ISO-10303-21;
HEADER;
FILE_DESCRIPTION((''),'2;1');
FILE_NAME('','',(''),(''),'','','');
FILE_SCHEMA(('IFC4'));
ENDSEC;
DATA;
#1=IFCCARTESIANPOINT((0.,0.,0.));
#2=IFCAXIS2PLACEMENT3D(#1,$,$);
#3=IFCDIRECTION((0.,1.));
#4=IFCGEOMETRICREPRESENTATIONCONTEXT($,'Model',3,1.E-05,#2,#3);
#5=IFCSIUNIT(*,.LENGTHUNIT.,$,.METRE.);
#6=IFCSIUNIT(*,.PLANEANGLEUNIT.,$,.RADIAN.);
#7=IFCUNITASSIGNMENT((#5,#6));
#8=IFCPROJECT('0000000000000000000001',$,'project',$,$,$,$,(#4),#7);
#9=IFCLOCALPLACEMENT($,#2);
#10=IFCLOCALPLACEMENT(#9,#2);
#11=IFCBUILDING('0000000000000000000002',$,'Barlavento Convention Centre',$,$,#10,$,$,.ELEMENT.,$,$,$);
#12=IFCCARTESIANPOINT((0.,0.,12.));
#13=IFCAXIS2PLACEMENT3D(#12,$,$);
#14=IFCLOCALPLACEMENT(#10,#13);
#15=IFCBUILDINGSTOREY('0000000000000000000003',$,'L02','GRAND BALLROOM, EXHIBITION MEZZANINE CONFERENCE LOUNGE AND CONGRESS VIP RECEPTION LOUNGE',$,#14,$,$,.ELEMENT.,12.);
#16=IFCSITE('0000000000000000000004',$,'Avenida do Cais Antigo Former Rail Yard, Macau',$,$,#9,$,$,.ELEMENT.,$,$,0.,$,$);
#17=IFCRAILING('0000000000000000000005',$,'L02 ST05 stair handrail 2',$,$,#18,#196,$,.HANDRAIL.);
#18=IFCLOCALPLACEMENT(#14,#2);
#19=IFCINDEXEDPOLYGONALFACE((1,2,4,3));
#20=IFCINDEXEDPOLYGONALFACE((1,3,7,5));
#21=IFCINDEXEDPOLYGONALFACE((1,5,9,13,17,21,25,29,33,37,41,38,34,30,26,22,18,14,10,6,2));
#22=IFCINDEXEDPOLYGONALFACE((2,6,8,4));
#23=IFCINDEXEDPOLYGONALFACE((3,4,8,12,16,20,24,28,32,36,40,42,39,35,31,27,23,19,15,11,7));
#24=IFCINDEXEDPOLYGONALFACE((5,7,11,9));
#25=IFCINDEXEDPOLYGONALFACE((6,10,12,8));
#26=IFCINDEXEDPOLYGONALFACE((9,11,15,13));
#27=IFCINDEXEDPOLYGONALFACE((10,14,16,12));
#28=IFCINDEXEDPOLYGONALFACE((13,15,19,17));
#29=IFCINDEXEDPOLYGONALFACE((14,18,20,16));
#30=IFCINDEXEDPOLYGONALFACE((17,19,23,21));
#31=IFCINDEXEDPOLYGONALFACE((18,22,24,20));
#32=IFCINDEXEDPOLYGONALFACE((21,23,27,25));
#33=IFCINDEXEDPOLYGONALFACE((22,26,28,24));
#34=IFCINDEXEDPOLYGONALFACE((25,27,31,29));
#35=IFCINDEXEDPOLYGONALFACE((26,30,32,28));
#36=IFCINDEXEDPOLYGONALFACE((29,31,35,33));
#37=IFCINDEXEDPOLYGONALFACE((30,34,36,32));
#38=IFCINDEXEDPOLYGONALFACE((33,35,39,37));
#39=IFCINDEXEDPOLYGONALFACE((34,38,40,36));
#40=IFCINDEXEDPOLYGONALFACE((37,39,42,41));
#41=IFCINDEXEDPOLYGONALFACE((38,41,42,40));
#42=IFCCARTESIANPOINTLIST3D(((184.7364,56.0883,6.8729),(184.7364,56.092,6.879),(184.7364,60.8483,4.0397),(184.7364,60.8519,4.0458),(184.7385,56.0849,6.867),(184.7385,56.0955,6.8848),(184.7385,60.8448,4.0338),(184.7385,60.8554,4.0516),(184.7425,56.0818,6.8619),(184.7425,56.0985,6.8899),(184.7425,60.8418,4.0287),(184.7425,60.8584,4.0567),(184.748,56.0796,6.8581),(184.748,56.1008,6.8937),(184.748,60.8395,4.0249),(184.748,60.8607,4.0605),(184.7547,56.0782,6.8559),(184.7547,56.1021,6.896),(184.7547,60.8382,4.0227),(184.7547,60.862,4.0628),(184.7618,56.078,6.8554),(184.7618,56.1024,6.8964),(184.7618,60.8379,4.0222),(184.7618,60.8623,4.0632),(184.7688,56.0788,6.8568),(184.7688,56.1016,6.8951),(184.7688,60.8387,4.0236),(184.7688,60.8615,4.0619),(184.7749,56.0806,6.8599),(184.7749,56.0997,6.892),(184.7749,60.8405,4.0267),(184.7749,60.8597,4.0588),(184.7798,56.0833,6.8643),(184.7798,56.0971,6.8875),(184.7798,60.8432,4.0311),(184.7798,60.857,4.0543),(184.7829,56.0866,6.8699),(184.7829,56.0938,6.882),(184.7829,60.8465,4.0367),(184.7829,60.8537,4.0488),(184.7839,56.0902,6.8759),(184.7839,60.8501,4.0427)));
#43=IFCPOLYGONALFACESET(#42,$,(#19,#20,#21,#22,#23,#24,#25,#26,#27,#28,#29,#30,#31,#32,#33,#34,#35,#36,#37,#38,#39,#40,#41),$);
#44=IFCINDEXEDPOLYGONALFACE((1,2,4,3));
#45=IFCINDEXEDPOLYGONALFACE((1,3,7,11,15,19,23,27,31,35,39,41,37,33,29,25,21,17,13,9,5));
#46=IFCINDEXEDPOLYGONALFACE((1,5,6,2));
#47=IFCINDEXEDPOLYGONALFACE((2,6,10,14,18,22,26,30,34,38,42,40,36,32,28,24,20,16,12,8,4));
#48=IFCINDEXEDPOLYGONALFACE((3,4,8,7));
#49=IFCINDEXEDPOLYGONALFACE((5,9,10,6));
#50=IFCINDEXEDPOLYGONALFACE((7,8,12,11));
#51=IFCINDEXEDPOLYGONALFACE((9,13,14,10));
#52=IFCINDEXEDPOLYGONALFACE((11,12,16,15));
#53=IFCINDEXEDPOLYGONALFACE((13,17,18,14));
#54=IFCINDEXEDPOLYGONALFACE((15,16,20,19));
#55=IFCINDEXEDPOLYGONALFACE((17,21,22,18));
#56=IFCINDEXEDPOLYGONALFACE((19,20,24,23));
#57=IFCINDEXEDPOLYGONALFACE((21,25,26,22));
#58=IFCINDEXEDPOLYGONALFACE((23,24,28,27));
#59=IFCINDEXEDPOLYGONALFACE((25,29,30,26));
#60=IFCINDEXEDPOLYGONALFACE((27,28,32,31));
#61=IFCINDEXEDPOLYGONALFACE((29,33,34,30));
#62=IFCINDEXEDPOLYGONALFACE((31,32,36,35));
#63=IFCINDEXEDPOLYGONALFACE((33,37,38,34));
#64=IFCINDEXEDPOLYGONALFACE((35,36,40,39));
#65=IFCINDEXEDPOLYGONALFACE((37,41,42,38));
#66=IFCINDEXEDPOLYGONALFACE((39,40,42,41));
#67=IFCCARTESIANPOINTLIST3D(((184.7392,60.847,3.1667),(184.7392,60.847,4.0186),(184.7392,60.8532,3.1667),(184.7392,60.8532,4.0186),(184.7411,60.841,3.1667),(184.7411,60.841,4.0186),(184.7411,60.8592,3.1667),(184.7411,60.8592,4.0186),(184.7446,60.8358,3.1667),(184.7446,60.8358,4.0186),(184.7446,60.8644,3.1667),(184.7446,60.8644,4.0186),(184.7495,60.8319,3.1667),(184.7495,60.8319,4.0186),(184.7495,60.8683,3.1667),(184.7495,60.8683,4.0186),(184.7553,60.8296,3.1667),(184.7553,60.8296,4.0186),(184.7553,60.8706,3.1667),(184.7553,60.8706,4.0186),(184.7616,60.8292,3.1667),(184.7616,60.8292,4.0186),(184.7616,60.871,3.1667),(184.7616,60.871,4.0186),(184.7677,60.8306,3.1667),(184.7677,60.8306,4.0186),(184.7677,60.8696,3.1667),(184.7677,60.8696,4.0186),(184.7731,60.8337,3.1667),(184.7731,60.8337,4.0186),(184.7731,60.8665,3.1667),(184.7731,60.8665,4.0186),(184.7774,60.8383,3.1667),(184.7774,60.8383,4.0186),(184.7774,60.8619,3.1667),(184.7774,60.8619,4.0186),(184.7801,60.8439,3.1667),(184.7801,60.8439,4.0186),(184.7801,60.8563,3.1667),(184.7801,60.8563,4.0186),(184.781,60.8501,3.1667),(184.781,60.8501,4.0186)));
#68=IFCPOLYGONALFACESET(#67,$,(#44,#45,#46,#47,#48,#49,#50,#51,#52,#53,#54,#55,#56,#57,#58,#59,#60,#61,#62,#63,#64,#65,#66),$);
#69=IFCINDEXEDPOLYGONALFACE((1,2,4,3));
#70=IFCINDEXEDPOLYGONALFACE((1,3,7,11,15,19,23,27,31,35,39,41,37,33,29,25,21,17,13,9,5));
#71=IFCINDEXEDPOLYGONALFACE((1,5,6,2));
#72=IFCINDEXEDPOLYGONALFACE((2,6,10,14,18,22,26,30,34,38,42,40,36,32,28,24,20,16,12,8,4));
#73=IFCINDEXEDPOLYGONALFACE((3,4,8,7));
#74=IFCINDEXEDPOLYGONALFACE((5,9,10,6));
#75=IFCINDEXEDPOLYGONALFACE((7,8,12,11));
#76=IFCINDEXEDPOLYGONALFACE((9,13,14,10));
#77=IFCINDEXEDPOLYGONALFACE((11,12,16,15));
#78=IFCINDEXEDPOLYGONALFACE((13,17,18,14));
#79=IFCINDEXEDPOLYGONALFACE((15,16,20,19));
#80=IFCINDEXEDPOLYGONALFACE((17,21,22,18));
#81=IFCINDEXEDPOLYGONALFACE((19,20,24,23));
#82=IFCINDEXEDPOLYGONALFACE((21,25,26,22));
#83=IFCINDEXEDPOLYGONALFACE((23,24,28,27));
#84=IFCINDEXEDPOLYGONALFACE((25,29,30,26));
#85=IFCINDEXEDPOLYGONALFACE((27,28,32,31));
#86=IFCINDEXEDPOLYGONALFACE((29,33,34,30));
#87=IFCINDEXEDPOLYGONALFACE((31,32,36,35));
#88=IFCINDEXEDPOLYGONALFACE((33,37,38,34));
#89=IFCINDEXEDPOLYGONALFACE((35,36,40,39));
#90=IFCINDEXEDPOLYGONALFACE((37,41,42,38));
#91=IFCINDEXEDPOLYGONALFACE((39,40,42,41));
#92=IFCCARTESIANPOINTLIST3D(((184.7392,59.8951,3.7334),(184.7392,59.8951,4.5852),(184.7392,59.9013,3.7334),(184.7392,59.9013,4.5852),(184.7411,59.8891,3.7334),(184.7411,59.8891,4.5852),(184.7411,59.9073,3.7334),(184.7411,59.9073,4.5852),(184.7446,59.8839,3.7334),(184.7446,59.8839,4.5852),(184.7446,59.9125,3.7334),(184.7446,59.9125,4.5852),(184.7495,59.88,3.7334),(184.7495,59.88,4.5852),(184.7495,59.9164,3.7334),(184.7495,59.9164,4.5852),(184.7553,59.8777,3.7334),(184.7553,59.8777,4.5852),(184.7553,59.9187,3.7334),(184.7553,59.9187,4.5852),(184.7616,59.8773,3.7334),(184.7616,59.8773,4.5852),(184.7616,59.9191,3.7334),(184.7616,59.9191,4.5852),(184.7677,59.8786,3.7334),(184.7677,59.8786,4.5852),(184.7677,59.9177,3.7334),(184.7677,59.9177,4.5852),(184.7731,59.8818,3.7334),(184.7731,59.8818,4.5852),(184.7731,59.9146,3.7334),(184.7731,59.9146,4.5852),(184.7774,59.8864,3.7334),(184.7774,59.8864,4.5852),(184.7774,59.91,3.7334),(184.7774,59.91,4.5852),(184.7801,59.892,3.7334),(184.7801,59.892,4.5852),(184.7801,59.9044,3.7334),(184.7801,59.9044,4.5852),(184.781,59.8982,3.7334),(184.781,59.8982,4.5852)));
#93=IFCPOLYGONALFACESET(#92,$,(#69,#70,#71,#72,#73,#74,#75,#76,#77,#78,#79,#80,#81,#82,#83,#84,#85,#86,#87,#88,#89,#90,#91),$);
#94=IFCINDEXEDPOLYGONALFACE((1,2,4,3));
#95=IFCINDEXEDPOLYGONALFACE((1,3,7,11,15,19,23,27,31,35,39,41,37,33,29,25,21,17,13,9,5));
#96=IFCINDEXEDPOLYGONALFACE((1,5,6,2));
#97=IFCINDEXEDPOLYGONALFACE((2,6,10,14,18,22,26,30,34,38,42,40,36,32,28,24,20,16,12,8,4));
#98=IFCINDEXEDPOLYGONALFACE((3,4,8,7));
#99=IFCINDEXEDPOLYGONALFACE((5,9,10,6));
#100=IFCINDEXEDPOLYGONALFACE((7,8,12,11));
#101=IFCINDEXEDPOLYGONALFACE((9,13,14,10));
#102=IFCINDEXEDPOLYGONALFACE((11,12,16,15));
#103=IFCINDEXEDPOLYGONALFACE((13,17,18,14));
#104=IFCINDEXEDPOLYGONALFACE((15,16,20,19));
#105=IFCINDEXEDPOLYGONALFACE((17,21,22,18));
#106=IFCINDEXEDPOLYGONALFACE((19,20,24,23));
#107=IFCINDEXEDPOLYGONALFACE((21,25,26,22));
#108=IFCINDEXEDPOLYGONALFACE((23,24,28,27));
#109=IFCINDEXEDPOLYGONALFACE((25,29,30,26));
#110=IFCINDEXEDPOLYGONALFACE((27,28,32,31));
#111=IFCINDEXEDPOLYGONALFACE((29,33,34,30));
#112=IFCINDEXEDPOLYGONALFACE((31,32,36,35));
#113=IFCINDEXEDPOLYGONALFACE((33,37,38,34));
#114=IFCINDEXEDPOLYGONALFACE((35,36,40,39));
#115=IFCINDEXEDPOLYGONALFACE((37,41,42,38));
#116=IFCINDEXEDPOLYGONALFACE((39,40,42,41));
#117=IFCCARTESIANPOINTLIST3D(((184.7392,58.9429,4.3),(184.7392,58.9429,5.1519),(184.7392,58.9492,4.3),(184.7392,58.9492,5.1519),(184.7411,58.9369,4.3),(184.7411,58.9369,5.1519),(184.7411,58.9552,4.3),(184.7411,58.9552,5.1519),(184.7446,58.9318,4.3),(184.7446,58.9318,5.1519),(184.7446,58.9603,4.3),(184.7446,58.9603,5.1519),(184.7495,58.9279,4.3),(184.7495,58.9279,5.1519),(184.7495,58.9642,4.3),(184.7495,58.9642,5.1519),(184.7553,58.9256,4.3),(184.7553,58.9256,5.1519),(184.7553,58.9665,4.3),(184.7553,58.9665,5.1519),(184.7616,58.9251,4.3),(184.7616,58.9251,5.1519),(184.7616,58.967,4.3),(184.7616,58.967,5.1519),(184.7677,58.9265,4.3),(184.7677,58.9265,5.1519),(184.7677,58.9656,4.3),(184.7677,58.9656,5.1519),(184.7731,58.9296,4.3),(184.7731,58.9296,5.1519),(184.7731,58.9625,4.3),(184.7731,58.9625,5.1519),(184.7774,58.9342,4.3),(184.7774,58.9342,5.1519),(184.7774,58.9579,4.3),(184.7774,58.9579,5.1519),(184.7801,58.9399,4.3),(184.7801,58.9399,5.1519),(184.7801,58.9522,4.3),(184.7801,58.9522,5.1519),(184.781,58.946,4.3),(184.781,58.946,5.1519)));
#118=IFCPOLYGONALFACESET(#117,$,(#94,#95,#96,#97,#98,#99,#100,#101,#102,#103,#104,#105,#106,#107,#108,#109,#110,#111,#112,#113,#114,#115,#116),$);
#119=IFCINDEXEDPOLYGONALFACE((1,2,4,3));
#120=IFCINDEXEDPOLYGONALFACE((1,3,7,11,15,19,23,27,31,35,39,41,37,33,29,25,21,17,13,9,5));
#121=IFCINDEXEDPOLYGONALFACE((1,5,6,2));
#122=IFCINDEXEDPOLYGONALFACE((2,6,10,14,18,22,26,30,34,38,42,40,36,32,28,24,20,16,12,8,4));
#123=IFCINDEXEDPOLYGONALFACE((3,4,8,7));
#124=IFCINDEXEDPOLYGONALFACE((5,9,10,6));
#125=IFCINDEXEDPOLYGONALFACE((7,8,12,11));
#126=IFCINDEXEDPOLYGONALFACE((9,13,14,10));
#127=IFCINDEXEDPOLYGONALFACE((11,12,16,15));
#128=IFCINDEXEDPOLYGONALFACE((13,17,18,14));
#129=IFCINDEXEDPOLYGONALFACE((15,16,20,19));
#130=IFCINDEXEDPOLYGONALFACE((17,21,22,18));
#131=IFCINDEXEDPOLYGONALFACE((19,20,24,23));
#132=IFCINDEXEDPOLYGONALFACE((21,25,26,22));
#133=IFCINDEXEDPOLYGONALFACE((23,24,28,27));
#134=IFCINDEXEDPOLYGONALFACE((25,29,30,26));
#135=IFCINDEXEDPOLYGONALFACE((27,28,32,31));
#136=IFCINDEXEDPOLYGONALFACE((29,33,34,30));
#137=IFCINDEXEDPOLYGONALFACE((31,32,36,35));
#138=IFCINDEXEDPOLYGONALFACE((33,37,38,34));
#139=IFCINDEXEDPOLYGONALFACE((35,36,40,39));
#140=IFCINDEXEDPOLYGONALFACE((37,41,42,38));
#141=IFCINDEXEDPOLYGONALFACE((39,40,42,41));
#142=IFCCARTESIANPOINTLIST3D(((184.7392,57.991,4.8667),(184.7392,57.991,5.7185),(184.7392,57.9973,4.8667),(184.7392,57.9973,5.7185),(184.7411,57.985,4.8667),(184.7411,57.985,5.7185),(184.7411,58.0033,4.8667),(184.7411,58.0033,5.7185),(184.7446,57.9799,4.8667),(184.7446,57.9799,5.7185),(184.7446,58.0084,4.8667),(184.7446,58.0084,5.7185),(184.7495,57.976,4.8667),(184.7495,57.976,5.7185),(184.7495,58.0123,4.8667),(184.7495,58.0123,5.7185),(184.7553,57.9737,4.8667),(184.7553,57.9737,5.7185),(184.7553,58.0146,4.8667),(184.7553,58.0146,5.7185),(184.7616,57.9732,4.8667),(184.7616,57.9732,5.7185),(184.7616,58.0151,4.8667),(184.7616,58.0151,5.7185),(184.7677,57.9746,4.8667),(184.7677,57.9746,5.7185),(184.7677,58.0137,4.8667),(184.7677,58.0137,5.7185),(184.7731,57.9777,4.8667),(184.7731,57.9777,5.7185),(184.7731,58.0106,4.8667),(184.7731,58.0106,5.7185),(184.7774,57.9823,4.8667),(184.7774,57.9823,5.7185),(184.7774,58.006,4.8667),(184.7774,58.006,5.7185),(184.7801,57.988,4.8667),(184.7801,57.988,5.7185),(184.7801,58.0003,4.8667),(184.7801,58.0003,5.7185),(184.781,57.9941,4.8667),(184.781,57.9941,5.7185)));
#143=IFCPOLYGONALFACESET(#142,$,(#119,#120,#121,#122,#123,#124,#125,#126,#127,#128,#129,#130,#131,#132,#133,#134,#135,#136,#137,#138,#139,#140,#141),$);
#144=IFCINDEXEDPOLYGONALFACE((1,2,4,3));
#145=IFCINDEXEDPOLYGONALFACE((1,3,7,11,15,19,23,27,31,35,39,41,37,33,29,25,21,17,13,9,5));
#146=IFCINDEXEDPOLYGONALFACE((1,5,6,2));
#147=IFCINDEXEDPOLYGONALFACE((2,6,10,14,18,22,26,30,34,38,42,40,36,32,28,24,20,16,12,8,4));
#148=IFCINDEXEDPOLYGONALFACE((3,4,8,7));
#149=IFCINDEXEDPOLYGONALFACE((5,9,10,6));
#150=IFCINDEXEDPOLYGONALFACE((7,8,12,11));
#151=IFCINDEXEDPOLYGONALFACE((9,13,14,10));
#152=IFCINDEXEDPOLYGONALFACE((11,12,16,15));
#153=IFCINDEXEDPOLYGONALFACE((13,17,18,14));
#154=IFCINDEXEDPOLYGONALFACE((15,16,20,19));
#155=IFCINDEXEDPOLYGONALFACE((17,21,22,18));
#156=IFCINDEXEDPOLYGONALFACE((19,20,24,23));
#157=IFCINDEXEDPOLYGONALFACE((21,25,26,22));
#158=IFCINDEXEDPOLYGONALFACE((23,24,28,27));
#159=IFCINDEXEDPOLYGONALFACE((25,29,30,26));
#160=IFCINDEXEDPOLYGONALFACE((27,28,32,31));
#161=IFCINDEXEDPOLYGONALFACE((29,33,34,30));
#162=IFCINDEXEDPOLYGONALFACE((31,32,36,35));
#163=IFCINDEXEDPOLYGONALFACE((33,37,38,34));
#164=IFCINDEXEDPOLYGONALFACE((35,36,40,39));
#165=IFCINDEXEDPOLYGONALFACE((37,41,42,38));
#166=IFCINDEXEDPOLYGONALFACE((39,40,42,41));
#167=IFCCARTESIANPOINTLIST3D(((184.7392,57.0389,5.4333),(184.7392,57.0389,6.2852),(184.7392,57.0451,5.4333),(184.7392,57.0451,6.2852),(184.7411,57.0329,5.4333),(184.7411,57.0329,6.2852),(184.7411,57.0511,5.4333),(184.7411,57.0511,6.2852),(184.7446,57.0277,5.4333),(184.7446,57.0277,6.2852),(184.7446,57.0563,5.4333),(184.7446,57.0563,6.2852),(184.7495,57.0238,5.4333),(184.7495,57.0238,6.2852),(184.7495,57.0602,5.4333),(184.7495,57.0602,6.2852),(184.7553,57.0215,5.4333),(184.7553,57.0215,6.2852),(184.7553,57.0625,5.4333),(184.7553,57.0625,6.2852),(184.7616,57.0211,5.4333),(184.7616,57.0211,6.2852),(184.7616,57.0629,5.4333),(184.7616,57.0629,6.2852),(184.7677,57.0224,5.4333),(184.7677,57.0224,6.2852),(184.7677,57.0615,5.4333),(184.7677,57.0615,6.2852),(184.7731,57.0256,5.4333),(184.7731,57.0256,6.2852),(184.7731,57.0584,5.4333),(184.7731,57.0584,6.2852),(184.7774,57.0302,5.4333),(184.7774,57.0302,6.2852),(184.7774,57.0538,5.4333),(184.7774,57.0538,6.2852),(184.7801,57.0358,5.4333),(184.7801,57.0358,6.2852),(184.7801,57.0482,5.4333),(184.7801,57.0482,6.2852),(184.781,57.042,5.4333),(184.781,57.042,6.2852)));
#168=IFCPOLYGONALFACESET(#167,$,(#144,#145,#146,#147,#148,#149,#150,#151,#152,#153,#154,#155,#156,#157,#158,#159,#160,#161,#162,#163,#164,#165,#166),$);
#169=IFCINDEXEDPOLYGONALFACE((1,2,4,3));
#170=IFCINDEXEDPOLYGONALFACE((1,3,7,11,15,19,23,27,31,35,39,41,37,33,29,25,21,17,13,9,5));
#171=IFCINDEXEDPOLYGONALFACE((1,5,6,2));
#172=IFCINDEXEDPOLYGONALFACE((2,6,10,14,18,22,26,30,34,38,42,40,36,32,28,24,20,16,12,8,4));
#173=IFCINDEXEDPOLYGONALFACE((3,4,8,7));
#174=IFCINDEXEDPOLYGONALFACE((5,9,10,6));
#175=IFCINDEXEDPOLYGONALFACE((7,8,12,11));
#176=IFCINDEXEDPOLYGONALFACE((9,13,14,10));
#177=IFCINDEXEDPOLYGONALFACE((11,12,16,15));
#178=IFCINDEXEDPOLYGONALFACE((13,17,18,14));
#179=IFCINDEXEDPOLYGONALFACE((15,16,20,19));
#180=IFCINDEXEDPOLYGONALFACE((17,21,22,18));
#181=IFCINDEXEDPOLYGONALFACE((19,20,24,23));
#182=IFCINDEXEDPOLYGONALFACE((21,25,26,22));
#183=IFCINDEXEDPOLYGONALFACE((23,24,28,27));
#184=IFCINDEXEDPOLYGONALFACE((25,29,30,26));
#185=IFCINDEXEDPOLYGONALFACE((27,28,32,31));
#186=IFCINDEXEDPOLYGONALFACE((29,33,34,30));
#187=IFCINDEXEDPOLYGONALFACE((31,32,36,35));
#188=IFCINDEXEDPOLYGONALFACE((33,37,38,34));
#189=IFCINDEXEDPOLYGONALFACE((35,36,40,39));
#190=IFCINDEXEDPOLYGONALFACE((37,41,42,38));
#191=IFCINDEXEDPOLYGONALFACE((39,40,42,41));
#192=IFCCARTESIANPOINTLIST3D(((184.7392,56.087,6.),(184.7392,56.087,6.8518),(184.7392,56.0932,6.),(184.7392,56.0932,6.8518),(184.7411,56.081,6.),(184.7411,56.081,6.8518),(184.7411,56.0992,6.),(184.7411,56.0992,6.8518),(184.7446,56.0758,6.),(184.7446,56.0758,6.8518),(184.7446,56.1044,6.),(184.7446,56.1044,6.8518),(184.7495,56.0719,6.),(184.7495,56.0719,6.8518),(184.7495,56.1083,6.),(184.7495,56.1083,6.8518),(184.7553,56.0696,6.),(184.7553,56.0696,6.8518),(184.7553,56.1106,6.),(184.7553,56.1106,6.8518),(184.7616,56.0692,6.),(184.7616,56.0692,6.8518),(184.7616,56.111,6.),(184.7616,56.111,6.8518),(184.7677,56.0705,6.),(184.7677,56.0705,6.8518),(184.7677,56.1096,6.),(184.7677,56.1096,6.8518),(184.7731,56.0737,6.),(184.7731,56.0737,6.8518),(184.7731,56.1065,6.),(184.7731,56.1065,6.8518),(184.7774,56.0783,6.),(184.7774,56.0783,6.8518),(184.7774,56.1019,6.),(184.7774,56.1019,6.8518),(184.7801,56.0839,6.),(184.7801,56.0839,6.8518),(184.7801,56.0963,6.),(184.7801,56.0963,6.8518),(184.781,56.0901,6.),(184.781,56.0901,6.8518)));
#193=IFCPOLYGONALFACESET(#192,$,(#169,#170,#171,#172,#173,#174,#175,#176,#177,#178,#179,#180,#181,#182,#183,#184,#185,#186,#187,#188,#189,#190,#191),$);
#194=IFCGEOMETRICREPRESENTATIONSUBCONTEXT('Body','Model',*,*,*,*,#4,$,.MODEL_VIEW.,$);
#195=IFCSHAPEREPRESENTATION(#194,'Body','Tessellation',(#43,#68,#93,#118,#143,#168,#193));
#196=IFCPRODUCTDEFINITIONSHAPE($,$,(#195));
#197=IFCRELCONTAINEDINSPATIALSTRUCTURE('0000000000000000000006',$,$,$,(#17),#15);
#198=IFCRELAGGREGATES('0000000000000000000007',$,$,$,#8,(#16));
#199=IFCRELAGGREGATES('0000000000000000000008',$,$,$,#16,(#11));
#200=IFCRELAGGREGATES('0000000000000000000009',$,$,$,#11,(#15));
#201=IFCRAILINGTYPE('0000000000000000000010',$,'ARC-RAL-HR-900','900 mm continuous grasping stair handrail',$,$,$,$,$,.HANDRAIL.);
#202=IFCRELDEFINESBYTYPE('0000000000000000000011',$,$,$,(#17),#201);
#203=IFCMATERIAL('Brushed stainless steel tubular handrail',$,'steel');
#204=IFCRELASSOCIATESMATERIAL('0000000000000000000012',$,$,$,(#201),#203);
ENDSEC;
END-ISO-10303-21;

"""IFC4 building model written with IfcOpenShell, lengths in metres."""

from ifc_helpers import new_model, si_unit, direction, frame, origin, origin_2d, place, context, subcontext, project, spatial, circle, extrude, material, type_object, element, save


model = new_model("IFC4")

# Units and contexts
model_context = context("Model", 3, precision=1e-05, world=origin(), true_north=direction((0.0, 1.0)))
body_context = subcontext(model_context, "Body", "Model", "MODEL_VIEW")
ifc_project = project(units=[si_unit("LENGTHUNIT", "METRE"), si_unit("PLANEANGLEUNIT", "RADIAN")], contexts=[model_context])

# Site, building, storey
site_placement = place(None, origin())
site = spatial("IfcSite", under=ifc_project, at=site_placement, Name="Avenida do Cais Antigo Former Rail Yard, Macau", CompositionType="ELEMENT", RefElevation=0.0)
building_placement = place(site_placement, origin())
building = spatial("IfcBuilding", under=site, at=building_placement, Name="Barlavento Convention Centre", CompositionType="ELEMENT")
storey_placement = place(building_placement, frame((0.0, 0.0, 12.0)))
storey = spatial("IfcBuildingStorey", under=building, at=storey_placement, Name="L02", Description="GRAND BALLROOM, EXHIBITION MEZZANINE CONFERENCE LOUNGE AND CONGRESS VIP RECEPTION LOUNGE", CompositionType="ELEMENT", Elevation=12.0)

# Railing
ifc_material_1 = material(Name="Brushed stainless steel tubular handrail", Category="steel")
railing_type_1 = type_object("IfcRailingType", Name="ARC-RAL-HR-900", Description="900 mm continuous grasping stair handrail", PredefinedType="HANDRAIL", material=ifc_material_1)
railing_1_placement = place(storey_placement, frame((184.76, 60.8501, 3.1667)))
element("IfcRailing", 1, at=railing_1_placement, inside=storey, type_object=railing_type_1, Name="L02 ST05 stair handrail 2", PredefinedType="HANDRAIL", context=body_context, shape_type="SweptSolid", body=[
    extrude(circle(Radius=0.0239, at=origin_2d()), frame((0.0, 0.0, 0.876), z_axis=(0.0, -0.8593, 0.511472), x_axis=(1.0, 0.0, 0.0)), (0.0, 0.0, 1.0), 5.5393),
    extrude(circle(Radius=0.021, at=origin_2d()), origin(), (0.0, 0.0, 1.0), 0.8518),
    extrude(circle(Radius=0.021, at=origin_2d()), frame((0.0, -0.9519, 0.5667)), (0.0, 0.0, 1.0), 0.8518),
    extrude(circle(Radius=0.021, at=origin_2d()), frame((0.0, -1.9041, 1.1333)), (0.0, 0.0, 1.0), 0.8518),
    extrude(circle(Radius=0.021, at=origin_2d()), frame((0.0, -2.856, 1.7)), (0.0, 0.0, 1.0), 0.8518),
    extrude(circle(Radius=0.021, at=origin_2d()), frame((0.0, -3.8081, 2.2666)), (0.0, 0.0, 1.0), 0.8518),
    extrude(circle(Radius=0.021, at=origin_2d()), frame((0.0, -4.76, 2.8333)), (0.0, 0.0, 1.0), 0.8518),
])

save(model, "model.ifc")
